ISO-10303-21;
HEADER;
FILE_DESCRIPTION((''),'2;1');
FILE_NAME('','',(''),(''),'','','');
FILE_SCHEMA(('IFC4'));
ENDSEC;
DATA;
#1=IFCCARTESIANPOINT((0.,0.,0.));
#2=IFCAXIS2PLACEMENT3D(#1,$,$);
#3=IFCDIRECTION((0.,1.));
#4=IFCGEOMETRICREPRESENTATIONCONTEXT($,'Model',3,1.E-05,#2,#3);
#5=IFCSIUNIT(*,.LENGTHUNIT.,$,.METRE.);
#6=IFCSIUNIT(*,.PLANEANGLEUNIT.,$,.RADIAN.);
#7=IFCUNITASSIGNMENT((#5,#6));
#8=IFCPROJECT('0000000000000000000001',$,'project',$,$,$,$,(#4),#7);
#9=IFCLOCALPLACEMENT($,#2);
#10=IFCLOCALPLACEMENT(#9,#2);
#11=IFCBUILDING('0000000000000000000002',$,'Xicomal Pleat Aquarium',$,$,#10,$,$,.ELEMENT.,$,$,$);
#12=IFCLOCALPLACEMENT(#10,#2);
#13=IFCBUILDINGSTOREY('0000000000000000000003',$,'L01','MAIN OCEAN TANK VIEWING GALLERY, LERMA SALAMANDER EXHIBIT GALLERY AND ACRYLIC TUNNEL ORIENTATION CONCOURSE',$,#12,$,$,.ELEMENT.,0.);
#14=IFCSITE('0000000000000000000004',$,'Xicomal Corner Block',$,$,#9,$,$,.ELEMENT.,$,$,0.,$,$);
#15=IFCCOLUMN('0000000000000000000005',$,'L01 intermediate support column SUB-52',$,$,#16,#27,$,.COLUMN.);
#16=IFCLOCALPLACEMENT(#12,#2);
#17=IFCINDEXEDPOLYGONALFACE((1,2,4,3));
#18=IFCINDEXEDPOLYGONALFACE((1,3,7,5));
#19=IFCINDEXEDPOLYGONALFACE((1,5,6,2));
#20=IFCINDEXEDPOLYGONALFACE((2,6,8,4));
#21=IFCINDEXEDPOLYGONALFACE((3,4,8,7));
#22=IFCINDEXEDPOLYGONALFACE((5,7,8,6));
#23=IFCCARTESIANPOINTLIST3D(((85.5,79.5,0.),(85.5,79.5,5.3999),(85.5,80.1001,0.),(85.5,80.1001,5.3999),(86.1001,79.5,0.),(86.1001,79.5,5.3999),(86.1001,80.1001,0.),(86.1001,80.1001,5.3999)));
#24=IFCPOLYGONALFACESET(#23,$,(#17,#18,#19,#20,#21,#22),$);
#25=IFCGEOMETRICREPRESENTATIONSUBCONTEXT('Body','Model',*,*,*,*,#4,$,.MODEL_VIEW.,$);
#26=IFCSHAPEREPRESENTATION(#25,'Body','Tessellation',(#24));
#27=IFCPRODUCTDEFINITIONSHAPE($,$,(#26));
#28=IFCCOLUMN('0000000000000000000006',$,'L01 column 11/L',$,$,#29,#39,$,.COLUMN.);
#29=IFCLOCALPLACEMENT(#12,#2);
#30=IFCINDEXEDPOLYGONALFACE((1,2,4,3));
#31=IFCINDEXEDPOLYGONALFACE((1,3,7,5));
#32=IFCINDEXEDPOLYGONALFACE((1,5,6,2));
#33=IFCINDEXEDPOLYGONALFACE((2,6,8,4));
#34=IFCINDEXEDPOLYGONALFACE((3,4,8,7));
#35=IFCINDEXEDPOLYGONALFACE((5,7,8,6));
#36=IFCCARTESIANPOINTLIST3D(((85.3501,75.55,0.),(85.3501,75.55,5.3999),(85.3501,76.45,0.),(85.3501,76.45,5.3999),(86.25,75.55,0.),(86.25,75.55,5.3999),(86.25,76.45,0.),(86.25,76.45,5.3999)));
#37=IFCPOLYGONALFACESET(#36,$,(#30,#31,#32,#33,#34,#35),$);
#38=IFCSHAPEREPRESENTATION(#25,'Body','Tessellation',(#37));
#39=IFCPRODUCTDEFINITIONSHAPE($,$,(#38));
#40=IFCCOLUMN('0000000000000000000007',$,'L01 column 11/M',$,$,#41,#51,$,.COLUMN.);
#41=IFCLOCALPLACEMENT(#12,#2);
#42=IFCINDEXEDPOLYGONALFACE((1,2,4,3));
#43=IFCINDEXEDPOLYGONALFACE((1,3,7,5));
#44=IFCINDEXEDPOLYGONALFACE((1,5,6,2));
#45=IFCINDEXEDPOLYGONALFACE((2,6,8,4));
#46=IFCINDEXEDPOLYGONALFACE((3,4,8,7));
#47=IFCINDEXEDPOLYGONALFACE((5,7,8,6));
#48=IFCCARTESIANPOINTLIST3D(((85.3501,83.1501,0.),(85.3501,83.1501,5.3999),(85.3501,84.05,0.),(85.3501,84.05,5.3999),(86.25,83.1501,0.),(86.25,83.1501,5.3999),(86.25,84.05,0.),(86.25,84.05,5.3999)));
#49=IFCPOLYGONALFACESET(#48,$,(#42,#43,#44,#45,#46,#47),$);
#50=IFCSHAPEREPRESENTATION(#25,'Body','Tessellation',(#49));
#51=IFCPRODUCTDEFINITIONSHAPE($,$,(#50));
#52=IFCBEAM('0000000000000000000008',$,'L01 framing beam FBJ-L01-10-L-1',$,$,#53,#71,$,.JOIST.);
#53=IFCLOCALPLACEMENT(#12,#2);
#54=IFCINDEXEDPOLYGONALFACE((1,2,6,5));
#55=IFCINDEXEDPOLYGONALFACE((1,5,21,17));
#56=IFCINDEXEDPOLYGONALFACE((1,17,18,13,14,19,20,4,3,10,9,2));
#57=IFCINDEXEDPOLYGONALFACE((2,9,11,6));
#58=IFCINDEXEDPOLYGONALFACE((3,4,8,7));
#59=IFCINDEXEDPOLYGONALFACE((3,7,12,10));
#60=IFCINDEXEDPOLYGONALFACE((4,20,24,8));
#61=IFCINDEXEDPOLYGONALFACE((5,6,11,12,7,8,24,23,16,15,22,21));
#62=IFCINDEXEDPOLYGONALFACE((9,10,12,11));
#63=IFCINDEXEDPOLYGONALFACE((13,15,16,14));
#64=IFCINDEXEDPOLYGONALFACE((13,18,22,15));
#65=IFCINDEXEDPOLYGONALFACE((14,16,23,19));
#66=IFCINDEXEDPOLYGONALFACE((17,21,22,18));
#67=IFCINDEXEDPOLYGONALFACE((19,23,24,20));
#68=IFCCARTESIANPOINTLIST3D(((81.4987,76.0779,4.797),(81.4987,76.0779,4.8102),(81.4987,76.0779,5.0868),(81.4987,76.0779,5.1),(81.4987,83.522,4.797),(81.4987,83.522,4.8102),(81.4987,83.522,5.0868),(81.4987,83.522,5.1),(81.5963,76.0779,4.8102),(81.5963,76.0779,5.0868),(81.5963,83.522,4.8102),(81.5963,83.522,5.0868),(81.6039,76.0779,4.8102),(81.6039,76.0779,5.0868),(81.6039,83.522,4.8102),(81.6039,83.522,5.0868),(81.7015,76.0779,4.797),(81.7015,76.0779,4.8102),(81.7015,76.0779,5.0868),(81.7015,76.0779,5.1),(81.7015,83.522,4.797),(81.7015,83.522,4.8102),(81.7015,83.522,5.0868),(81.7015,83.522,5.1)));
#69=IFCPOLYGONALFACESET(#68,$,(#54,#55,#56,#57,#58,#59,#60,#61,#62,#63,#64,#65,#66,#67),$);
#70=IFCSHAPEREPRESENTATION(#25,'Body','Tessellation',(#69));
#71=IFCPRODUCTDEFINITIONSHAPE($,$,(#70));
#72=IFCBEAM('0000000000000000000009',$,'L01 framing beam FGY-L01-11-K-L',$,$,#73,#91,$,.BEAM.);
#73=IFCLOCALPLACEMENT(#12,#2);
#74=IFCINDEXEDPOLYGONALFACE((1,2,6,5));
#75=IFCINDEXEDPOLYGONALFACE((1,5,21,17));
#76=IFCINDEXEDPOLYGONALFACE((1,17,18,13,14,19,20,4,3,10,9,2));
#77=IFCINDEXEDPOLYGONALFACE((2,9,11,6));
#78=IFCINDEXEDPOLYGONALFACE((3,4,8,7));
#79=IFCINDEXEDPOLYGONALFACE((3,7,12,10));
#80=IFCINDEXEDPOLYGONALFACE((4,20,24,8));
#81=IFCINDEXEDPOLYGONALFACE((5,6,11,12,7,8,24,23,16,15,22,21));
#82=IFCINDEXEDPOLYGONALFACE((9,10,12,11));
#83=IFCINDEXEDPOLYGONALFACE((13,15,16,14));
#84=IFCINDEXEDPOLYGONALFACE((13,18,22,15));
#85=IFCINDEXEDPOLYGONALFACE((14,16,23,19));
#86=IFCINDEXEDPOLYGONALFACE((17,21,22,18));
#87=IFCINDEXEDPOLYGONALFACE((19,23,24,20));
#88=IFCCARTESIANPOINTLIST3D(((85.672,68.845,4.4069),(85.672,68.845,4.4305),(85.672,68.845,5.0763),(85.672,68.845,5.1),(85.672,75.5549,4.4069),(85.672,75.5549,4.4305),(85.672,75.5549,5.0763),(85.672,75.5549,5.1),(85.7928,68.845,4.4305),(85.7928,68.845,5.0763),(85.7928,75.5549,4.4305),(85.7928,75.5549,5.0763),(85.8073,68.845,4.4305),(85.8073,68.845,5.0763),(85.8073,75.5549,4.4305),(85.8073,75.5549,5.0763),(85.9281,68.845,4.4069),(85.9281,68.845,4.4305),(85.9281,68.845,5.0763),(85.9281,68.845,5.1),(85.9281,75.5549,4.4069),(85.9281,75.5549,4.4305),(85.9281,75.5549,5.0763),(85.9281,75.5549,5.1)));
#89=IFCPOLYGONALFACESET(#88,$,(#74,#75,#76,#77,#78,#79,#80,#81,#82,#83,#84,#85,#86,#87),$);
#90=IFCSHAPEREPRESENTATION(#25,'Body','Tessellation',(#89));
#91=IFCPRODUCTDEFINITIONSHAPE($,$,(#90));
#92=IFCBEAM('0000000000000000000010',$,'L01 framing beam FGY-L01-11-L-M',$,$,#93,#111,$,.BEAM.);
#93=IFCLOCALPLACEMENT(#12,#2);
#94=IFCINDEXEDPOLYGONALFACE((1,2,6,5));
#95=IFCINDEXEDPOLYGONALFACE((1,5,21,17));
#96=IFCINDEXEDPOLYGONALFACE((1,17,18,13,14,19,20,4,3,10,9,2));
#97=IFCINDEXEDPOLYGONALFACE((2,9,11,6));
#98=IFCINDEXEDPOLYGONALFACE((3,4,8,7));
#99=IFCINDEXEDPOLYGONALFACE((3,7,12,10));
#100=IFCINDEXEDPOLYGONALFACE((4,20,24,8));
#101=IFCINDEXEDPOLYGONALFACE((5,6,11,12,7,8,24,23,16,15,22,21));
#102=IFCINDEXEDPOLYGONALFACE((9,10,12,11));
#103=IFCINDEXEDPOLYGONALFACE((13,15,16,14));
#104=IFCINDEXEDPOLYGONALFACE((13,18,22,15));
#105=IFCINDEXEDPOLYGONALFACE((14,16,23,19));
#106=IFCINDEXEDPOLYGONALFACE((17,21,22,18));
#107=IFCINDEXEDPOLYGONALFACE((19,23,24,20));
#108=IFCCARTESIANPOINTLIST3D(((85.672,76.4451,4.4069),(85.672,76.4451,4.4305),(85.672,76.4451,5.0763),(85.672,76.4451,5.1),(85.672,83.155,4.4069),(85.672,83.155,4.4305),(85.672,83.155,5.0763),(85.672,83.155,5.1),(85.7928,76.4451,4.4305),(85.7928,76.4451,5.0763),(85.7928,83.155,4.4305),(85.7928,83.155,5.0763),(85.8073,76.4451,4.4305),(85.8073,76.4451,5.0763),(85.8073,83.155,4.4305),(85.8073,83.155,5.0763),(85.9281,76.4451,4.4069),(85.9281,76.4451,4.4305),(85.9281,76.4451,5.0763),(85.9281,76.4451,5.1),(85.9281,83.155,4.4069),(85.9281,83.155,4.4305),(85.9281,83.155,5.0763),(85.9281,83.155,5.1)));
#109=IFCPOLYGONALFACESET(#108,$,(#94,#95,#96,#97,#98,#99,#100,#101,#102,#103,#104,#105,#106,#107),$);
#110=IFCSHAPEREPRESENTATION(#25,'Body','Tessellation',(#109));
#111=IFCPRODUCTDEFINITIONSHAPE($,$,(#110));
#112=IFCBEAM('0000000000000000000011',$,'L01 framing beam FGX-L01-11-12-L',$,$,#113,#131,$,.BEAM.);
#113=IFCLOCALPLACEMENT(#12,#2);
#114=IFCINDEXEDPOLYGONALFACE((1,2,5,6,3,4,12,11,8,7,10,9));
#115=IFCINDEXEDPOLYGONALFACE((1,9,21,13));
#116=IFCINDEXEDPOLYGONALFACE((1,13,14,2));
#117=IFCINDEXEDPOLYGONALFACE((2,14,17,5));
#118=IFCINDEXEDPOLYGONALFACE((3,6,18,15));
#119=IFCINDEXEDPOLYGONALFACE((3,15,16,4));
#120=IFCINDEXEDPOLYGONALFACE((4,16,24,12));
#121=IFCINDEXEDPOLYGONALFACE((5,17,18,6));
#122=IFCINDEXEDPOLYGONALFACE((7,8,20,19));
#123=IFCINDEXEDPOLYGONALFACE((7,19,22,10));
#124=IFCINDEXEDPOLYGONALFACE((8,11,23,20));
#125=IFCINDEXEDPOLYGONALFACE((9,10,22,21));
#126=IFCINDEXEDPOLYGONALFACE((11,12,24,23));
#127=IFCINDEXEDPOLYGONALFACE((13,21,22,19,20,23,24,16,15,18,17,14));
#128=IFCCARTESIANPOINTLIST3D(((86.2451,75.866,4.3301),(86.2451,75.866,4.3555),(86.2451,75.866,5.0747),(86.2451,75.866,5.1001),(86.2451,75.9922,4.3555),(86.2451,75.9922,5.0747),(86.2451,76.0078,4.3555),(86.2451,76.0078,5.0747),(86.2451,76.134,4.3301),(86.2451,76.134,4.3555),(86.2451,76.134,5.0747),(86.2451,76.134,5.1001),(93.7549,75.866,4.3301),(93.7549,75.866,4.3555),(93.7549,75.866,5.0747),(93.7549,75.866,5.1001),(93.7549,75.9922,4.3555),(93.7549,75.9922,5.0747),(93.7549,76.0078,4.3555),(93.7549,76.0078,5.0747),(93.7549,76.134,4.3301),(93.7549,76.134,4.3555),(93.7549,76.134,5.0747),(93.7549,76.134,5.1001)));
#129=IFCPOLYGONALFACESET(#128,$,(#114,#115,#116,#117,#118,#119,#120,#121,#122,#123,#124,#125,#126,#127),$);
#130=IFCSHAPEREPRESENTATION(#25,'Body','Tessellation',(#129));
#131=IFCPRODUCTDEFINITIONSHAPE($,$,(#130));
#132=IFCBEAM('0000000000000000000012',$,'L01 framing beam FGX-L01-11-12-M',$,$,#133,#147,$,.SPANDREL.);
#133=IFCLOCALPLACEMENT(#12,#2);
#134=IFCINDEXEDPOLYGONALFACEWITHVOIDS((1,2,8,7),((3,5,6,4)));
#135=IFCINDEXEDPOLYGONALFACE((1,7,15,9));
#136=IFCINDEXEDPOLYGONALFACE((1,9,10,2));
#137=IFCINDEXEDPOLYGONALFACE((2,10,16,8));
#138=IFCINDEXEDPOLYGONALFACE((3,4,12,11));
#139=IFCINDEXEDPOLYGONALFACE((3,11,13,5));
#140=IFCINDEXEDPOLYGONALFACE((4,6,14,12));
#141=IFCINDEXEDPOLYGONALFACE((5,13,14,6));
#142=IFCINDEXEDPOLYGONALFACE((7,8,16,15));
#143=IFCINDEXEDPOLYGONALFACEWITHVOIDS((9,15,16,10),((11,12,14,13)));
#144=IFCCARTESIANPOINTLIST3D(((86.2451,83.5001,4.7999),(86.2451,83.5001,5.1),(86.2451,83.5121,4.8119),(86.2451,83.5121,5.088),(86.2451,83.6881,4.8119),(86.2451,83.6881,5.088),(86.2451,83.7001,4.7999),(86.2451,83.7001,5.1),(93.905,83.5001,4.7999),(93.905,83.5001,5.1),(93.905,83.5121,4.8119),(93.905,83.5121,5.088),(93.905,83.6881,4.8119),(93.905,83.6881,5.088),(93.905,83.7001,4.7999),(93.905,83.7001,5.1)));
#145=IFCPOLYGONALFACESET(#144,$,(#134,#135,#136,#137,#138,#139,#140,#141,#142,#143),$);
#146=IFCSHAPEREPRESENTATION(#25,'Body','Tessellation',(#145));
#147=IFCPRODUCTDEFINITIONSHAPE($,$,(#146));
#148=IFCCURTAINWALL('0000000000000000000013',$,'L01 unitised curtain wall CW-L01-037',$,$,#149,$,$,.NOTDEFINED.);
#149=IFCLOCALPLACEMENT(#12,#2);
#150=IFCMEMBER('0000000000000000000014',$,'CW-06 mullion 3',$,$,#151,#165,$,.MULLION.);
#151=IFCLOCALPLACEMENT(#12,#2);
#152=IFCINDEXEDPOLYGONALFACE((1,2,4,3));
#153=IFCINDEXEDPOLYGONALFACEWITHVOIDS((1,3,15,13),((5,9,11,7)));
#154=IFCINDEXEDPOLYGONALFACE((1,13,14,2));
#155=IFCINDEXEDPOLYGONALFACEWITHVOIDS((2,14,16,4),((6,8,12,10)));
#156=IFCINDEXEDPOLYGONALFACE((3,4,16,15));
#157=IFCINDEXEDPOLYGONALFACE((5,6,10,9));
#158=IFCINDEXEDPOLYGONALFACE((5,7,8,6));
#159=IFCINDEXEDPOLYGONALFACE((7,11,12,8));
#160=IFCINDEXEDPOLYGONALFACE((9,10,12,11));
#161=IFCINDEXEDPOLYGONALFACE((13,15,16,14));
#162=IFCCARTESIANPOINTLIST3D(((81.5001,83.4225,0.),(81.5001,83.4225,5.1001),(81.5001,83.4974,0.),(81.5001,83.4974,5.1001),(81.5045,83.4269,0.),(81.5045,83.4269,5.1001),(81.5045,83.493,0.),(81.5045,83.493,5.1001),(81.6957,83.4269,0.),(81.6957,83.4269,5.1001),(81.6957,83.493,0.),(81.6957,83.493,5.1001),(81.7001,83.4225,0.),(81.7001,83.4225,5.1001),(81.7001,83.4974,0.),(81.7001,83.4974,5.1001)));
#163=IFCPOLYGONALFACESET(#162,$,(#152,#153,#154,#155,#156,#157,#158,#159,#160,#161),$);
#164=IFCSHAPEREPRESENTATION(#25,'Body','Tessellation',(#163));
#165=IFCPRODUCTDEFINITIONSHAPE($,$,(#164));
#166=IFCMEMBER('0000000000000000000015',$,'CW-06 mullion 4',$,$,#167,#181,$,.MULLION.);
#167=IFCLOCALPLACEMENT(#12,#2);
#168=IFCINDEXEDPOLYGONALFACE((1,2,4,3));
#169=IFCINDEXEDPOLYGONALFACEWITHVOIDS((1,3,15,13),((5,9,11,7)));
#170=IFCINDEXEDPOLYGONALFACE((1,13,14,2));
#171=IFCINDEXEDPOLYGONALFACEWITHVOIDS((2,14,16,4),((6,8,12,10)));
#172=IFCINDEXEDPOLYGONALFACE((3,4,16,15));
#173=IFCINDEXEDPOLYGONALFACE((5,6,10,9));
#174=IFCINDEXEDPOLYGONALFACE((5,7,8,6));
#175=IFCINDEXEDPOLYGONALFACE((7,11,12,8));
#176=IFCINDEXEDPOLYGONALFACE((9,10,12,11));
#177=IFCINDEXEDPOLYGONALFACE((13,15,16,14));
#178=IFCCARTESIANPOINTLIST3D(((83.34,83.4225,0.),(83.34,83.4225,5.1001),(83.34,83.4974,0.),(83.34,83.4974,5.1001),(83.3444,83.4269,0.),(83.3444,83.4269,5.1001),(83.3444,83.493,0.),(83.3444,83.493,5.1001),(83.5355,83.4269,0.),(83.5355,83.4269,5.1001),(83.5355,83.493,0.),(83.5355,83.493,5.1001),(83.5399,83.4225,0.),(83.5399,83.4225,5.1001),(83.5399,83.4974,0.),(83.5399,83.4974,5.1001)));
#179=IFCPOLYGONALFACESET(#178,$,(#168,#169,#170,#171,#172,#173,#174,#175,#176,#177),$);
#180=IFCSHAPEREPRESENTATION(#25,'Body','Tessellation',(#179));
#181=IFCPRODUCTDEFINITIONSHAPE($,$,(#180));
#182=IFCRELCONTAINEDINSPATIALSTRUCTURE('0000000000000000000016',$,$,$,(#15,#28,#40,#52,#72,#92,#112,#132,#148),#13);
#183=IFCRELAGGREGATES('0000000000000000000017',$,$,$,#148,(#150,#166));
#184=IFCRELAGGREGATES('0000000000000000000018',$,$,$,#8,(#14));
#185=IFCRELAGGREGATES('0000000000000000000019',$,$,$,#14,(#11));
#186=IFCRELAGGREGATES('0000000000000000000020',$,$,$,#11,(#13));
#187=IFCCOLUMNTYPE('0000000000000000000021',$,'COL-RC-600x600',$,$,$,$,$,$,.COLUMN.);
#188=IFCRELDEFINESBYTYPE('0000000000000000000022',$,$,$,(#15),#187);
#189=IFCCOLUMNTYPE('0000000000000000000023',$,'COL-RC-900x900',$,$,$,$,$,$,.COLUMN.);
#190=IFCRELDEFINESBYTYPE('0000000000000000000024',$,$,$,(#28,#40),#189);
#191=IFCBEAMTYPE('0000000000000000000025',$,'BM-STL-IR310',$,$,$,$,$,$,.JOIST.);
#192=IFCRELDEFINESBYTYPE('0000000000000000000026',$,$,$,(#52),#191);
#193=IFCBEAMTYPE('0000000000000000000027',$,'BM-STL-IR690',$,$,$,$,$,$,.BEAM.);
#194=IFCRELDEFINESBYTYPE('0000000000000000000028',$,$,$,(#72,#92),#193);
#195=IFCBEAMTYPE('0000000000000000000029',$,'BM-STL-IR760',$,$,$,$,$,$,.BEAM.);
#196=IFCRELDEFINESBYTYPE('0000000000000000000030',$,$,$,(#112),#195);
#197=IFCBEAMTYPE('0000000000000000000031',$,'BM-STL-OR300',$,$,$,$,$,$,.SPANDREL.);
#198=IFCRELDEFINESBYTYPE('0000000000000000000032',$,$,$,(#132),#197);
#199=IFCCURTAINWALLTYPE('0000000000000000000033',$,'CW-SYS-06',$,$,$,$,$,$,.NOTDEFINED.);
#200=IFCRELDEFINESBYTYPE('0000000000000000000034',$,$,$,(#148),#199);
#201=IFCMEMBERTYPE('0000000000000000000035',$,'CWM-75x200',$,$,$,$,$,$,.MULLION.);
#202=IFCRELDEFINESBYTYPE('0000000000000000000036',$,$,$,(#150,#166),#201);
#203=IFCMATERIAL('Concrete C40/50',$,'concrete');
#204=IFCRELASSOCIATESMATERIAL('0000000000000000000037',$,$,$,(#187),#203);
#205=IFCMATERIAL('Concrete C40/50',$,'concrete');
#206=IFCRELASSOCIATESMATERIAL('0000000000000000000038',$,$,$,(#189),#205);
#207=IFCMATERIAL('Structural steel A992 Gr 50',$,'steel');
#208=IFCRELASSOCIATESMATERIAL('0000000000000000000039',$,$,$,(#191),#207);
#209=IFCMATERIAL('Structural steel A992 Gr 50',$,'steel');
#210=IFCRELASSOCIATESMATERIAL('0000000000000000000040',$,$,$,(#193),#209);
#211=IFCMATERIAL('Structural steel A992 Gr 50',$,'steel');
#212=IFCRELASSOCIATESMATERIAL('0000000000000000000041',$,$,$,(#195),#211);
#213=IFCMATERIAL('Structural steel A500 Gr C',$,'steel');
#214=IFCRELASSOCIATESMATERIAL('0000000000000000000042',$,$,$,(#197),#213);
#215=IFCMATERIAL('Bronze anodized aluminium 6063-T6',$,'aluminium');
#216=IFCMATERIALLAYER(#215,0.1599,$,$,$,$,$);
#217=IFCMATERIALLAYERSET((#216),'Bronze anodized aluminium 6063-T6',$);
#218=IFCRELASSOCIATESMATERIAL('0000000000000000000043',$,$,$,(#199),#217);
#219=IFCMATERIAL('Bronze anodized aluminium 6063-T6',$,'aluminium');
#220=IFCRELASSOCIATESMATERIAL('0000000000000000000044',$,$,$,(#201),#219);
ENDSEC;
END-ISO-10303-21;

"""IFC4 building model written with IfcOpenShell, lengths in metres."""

from ifc_helpers import new_model, si_unit, direction, frame, origin, origin_2d, place, context, subcontext, project, spatial, rectangle, hollow_rectangle, i_section, extrude, material, layer, layer_set, material_profile, profile_set, type_object, element, aggregate, save


model = new_model("IFC4")

# Units and contexts
model_context = context("Model", 3, precision=1e-05, world=origin(), true_north=direction((0.0, 1.0)))
body_context = subcontext(model_context, "Body", "Model", "MODEL_VIEW")
ifc_project = project(units=[si_unit("LENGTHUNIT", "METRE"), si_unit("PLANEANGLEUNIT", "RADIAN")], contexts=[model_context])

# Site, building, storey
site_placement = place(None, origin())
site = spatial("IfcSite", under=ifc_project, at=site_placement, Name="Xicomal Corner Block", CompositionType="ELEMENT", RefElevation=0.0)
building_placement = place(site_placement, origin())
building = spatial("IfcBuilding", under=site, at=building_placement, Name="Xicomal Pleat Aquarium", CompositionType="ELEMENT")
storey_placement = place(building_placement, origin())
storey = spatial("IfcBuildingStorey", under=building, at=storey_placement, Name="L01", Description="MAIN OCEAN TANK VIEWING GALLERY, LERMA SALAMANDER EXHIBIT GALLERY AND ACRYLIC TUNNEL ORIENTATION CONCOURSE", CompositionType="ELEMENT", Elevation=0.0)

# Columns
ifc_material_1 = material(Name="Concrete C40/50", Category="concrete")
ifc_material_profile_1 = material_profile(ifc_material_1, rectangle(XDim=0.6001, YDim=0.6001, at=origin_2d()), Name="RC 600x600")
ifc_profile_set_1 = profile_set([ifc_material_profile_1], Name="Concrete C40/50")
column_type_1 = type_object("IfcColumnType", Name="COL-RC-600x600", PredefinedType="COLUMN", material=ifc_profile_set_1)
column_placement = place(storey_placement, frame((85.8, 79.8, 0.0), z_axis=(0.0, 0.0, 1.0), x_axis=(1.0, 0.0, 0.0)))
element("IfcColumn", 1, at=column_placement, inside=storey, type_object=column_type_1, Name="L01 intermediate support column SUB-52", PredefinedType="COLUMN", context=body_context, shape_type="SweptSolid", body=[
    extrude(rectangle(XDim=0.6001, YDim=0.6001, at=origin_2d()), origin(), (0.0, 0.0, 1.0), 5.3999),
])
ifc_material_2 = material(Name="Concrete C40/50", Category="concrete")
ifc_material_profile_2 = material_profile(ifc_material_2, rectangle(XDim=0.8999, YDim=0.8999, at=origin_2d()), Name="RC 900x900")
ifc_profile_set_2 = profile_set([ifc_material_profile_2], Name="Concrete C40/50")
column_type_2 = type_object("IfcColumnType", Name="COL-RC-900x900", PredefinedType="COLUMN", material=ifc_profile_set_2)
for number, where, z_axis, x_axis, name in (
    (2, (85.8, 76.0, 0.0), (0.0, 0.0, 1.0), (1.0, 0.0, 0.0), "L01 column 11/L"),
    (3, (85.8, 83.6001, 0.0), (0.0, 0.0, 1.0), (1.0, 0.0, 0.0), "L01 column 11/M"),
):
    element("IfcColumn", number, at=place(storey_placement, frame(where, z_axis=z_axis, x_axis=x_axis)), inside=storey, type_object=column_type_2, Name=name, PredefinedType="COLUMN", context=body_context, shape_type="SweptSolid", body=[
        extrude(rectangle(XDim=0.8999, YDim=0.8999, at=origin_2d()), origin(), (0.0, 0.0, 1.0), 5.3999),
    ])

# Beams
ifc_material_3 = material(Name="Structural steel A992 Gr 50", Category="steel")
ifc_material_profile_3 = material_profile(ifc_material_3, i_section(OverallWidth=0.2029, OverallDepth=0.303, WebThickness=0.0076, FlangeThickness=0.0132, at=origin_2d()), Name="IR 310x60")
ifc_profile_set_3 = profile_set([ifc_material_profile_3], Name="Structural steel A992 Gr 50")
beam_type_1 = type_object("IfcBeamType", Name="BM-STL-IR310", PredefinedType="JOIST", material=ifc_profile_set_3)
beam_1_placement = place(storey_placement, frame((81.6001, 76.0779, 4.9485), z_axis=(0.0, 1.0, 0.0), x_axis=(-1.0, 0.0, 0.0)))
element("IfcBeam", 4, at=beam_1_placement, inside=storey, type_object=beam_type_1, Name="L01 framing beam FBJ-L01-10-L-1", PredefinedType="JOIST", context=body_context, shape_type="SweptSolid", body=[
    extrude(i_section(OverallWidth=0.2029, OverallDepth=0.303, WebThickness=0.0076, FlangeThickness=0.0132, at=origin_2d()), origin(), (0.0, 0.0, 1.0), 7.4441),
])
ifc_material_4 = material(Name="Structural steel A992 Gr 50", Category="steel")
ifc_material_profile_4 = material_profile(ifc_material_4, i_section(OverallWidth=0.2561, OverallDepth=0.6931, WebThickness=0.0144, FlangeThickness=0.0237, at=origin_2d()), Name="IR 690x170")
ifc_profile_set_4 = profile_set([ifc_material_profile_4], Name="Structural steel A992 Gr 50")
beam_type_2 = type_object("IfcBeamType", Name="BM-STL-IR690", PredefinedType="BEAM", material=ifc_profile_set_4)
for number, where, z_axis, x_axis, name in (
    (5, (85.8, 68.845, 4.7534), (0.0, 1.0, 0.0), (-1.0, 0.0, 0.0), "L01 framing beam FGY-L01-11-K-L"),
    (6, (85.8, 76.4451, 4.7534), (0.0, 1.0, 0.0), (-1.0, 0.0, 0.0), "L01 framing beam FGY-L01-11-L-M"),
):
    element("IfcBeam", number, at=place(storey_placement, frame(where, z_axis=z_axis, x_axis=x_axis)), inside=storey, type_object=beam_type_2, Name=name, PredefinedType="BEAM", context=body_context, shape_type="SweptSolid", body=[
        extrude(i_section(OverallWidth=0.2561, OverallDepth=0.6931, WebThickness=0.0144, FlangeThickness=0.0237, at=origin_2d()), origin(), (0.0, 0.0, 1.0), 6.71),
    ])
ifc_material_5 = material(Name="Structural steel A992 Gr 50", Category="steel")
ifc_material_profile_5 = material_profile(ifc_material_5, i_section(OverallWidth=0.2681, OverallDepth=0.77, WebThickness=0.0156, FlangeThickness=0.0254, at=origin_2d()), Name="IR 760x196")
ifc_profile_set_5 = profile_set([ifc_material_profile_5], Name="Structural steel A992 Gr 50")
beam_type_3 = type_object("IfcBeamType", Name="BM-STL-IR760", PredefinedType="BEAM", material=ifc_profile_set_5)
beam_2_placement = place(storey_placement, frame((86.2451, 76.0, 4.7151), z_axis=(1.0, 0.0, 0.0), x_axis=(0.0, 1.0, 0.0)))
element("IfcBeam", 7, at=beam_2_placement, inside=storey, type_object=beam_type_3, Name="L01 framing beam FGX-L01-11-12-L", PredefinedType="BEAM", context=body_context, shape_type="SweptSolid", body=[
    extrude(i_section(OverallWidth=0.2681, OverallDepth=0.77, WebThickness=0.0156, FlangeThickness=0.0254, at=origin_2d()), origin(), (0.0, 0.0, 1.0), 7.5098),
])
ifc_material_6 = material(Name="Structural steel A500 Gr C", Category="steel")
ifc_material_profile_6 = material_profile(ifc_material_6, hollow_rectangle(XDim=0.2, YDim=0.3, WallThickness=0.012, at=origin_2d()), Name="OR 300x200x12")
ifc_profile_set_6 = profile_set([ifc_material_profile_6], Name="Structural steel A500 Gr C")
beam_type_4 = type_object("IfcBeamType", Name="BM-STL-OR300", PredefinedType="SPANDREL", material=ifc_profile_set_6)
beam_3_placement = place(storey_placement, frame((86.2451, 83.6001, 4.95), z_axis=(1.0, 0.0, 0.0), x_axis=(0.0, 1.0, 0.0)))
element("IfcBeam", 8, at=beam_3_placement, inside=storey, type_object=beam_type_4, Name="L01 framing beam FGX-L01-11-12-M", PredefinedType="SPANDREL", context=body_context, shape_type="SweptSolid", body=[
    extrude(hollow_rectangle(XDim=0.2, YDim=0.3, WallThickness=0.012, at=origin_2d()), origin(), (0.0, 0.0, 1.0), 7.6599),
])

# Curtain wall, members
ifc_material_7 = material(Name="Bronze anodized aluminium 6063-T6", Category="aluminium")
ifc_layer_1 = layer(ifc_material_7, 0.1599)
ifc_layer_set_1 = layer_set([ifc_layer_1], Name="Bronze anodized aluminium 6063-T6")
curtain_wall_type_1 = type_object("IfcCurtainWallType", Name="CW-SYS-06", PredefinedType="NOTDEFINED", material=ifc_layer_set_1)
curtain_wall_1_placement = place(storey_placement, origin())
curtain_wall_1 = element("IfcCurtainWall", 9, at=curtain_wall_1_placement, inside=storey, type_object=curtain_wall_type_1, Name="L01 unitised curtain wall CW-L01-037", PredefinedType="NOTDEFINED")
ifc_material_8 = material(Name="Bronze anodized aluminium 6063-T6", Category="aluminium")
ifc_material_profile_7 = material_profile(ifc_material_8, hollow_rectangle(XDim=0.075, YDim=0.2, WallThickness=0.0044, at=origin_2d()), Name="ALU MULL 75x200")
ifc_profile_set_7 = profile_set([ifc_material_profile_7], Name="Bronze anodized aluminium 6063-T6")
member_type_1 = type_object("IfcMemberType", Name="CWM-75x200", PredefinedType="MULLION", material=ifc_profile_set_7)
member_1_placement = place(storey_placement, frame((81.6001, 83.46, 0.0), z_axis=(0.0, 0.0, 1.0), x_axis=(0.0, 1.0, 0.0)))
member_1 = element("IfcMember", 10, at=member_1_placement, type_object=member_type_1, Name="CW-06 mullion 3", PredefinedType="MULLION", context=body_context, shape_type="SweptSolid", body=[
    extrude(hollow_rectangle(XDim=0.075, YDim=0.2, WallThickness=0.0044, at=origin_2d()), origin(), (0.0, 0.0, 1.0), 5.1001),
])
member_2_placement = place(storey_placement, frame((83.4399, 83.46, 0.0), z_axis=(0.0, 0.0, 1.0), x_axis=(0.0, 1.0, 0.0)))
member_2 = element("IfcMember", 11, at=member_2_placement, type_object=member_type_1, Name="CW-06 mullion 4", PredefinedType="MULLION", context=body_context, shape_type="SweptSolid", body=[
    extrude(hollow_rectangle(XDim=0.075, YDim=0.2, WallThickness=0.0044, at=origin_2d()), origin(), (0.0, 0.0, 1.0), 5.1001),
])

aggregate(curtain_wall_1, [member_1, member_2])

save(model, "model.ifc")
